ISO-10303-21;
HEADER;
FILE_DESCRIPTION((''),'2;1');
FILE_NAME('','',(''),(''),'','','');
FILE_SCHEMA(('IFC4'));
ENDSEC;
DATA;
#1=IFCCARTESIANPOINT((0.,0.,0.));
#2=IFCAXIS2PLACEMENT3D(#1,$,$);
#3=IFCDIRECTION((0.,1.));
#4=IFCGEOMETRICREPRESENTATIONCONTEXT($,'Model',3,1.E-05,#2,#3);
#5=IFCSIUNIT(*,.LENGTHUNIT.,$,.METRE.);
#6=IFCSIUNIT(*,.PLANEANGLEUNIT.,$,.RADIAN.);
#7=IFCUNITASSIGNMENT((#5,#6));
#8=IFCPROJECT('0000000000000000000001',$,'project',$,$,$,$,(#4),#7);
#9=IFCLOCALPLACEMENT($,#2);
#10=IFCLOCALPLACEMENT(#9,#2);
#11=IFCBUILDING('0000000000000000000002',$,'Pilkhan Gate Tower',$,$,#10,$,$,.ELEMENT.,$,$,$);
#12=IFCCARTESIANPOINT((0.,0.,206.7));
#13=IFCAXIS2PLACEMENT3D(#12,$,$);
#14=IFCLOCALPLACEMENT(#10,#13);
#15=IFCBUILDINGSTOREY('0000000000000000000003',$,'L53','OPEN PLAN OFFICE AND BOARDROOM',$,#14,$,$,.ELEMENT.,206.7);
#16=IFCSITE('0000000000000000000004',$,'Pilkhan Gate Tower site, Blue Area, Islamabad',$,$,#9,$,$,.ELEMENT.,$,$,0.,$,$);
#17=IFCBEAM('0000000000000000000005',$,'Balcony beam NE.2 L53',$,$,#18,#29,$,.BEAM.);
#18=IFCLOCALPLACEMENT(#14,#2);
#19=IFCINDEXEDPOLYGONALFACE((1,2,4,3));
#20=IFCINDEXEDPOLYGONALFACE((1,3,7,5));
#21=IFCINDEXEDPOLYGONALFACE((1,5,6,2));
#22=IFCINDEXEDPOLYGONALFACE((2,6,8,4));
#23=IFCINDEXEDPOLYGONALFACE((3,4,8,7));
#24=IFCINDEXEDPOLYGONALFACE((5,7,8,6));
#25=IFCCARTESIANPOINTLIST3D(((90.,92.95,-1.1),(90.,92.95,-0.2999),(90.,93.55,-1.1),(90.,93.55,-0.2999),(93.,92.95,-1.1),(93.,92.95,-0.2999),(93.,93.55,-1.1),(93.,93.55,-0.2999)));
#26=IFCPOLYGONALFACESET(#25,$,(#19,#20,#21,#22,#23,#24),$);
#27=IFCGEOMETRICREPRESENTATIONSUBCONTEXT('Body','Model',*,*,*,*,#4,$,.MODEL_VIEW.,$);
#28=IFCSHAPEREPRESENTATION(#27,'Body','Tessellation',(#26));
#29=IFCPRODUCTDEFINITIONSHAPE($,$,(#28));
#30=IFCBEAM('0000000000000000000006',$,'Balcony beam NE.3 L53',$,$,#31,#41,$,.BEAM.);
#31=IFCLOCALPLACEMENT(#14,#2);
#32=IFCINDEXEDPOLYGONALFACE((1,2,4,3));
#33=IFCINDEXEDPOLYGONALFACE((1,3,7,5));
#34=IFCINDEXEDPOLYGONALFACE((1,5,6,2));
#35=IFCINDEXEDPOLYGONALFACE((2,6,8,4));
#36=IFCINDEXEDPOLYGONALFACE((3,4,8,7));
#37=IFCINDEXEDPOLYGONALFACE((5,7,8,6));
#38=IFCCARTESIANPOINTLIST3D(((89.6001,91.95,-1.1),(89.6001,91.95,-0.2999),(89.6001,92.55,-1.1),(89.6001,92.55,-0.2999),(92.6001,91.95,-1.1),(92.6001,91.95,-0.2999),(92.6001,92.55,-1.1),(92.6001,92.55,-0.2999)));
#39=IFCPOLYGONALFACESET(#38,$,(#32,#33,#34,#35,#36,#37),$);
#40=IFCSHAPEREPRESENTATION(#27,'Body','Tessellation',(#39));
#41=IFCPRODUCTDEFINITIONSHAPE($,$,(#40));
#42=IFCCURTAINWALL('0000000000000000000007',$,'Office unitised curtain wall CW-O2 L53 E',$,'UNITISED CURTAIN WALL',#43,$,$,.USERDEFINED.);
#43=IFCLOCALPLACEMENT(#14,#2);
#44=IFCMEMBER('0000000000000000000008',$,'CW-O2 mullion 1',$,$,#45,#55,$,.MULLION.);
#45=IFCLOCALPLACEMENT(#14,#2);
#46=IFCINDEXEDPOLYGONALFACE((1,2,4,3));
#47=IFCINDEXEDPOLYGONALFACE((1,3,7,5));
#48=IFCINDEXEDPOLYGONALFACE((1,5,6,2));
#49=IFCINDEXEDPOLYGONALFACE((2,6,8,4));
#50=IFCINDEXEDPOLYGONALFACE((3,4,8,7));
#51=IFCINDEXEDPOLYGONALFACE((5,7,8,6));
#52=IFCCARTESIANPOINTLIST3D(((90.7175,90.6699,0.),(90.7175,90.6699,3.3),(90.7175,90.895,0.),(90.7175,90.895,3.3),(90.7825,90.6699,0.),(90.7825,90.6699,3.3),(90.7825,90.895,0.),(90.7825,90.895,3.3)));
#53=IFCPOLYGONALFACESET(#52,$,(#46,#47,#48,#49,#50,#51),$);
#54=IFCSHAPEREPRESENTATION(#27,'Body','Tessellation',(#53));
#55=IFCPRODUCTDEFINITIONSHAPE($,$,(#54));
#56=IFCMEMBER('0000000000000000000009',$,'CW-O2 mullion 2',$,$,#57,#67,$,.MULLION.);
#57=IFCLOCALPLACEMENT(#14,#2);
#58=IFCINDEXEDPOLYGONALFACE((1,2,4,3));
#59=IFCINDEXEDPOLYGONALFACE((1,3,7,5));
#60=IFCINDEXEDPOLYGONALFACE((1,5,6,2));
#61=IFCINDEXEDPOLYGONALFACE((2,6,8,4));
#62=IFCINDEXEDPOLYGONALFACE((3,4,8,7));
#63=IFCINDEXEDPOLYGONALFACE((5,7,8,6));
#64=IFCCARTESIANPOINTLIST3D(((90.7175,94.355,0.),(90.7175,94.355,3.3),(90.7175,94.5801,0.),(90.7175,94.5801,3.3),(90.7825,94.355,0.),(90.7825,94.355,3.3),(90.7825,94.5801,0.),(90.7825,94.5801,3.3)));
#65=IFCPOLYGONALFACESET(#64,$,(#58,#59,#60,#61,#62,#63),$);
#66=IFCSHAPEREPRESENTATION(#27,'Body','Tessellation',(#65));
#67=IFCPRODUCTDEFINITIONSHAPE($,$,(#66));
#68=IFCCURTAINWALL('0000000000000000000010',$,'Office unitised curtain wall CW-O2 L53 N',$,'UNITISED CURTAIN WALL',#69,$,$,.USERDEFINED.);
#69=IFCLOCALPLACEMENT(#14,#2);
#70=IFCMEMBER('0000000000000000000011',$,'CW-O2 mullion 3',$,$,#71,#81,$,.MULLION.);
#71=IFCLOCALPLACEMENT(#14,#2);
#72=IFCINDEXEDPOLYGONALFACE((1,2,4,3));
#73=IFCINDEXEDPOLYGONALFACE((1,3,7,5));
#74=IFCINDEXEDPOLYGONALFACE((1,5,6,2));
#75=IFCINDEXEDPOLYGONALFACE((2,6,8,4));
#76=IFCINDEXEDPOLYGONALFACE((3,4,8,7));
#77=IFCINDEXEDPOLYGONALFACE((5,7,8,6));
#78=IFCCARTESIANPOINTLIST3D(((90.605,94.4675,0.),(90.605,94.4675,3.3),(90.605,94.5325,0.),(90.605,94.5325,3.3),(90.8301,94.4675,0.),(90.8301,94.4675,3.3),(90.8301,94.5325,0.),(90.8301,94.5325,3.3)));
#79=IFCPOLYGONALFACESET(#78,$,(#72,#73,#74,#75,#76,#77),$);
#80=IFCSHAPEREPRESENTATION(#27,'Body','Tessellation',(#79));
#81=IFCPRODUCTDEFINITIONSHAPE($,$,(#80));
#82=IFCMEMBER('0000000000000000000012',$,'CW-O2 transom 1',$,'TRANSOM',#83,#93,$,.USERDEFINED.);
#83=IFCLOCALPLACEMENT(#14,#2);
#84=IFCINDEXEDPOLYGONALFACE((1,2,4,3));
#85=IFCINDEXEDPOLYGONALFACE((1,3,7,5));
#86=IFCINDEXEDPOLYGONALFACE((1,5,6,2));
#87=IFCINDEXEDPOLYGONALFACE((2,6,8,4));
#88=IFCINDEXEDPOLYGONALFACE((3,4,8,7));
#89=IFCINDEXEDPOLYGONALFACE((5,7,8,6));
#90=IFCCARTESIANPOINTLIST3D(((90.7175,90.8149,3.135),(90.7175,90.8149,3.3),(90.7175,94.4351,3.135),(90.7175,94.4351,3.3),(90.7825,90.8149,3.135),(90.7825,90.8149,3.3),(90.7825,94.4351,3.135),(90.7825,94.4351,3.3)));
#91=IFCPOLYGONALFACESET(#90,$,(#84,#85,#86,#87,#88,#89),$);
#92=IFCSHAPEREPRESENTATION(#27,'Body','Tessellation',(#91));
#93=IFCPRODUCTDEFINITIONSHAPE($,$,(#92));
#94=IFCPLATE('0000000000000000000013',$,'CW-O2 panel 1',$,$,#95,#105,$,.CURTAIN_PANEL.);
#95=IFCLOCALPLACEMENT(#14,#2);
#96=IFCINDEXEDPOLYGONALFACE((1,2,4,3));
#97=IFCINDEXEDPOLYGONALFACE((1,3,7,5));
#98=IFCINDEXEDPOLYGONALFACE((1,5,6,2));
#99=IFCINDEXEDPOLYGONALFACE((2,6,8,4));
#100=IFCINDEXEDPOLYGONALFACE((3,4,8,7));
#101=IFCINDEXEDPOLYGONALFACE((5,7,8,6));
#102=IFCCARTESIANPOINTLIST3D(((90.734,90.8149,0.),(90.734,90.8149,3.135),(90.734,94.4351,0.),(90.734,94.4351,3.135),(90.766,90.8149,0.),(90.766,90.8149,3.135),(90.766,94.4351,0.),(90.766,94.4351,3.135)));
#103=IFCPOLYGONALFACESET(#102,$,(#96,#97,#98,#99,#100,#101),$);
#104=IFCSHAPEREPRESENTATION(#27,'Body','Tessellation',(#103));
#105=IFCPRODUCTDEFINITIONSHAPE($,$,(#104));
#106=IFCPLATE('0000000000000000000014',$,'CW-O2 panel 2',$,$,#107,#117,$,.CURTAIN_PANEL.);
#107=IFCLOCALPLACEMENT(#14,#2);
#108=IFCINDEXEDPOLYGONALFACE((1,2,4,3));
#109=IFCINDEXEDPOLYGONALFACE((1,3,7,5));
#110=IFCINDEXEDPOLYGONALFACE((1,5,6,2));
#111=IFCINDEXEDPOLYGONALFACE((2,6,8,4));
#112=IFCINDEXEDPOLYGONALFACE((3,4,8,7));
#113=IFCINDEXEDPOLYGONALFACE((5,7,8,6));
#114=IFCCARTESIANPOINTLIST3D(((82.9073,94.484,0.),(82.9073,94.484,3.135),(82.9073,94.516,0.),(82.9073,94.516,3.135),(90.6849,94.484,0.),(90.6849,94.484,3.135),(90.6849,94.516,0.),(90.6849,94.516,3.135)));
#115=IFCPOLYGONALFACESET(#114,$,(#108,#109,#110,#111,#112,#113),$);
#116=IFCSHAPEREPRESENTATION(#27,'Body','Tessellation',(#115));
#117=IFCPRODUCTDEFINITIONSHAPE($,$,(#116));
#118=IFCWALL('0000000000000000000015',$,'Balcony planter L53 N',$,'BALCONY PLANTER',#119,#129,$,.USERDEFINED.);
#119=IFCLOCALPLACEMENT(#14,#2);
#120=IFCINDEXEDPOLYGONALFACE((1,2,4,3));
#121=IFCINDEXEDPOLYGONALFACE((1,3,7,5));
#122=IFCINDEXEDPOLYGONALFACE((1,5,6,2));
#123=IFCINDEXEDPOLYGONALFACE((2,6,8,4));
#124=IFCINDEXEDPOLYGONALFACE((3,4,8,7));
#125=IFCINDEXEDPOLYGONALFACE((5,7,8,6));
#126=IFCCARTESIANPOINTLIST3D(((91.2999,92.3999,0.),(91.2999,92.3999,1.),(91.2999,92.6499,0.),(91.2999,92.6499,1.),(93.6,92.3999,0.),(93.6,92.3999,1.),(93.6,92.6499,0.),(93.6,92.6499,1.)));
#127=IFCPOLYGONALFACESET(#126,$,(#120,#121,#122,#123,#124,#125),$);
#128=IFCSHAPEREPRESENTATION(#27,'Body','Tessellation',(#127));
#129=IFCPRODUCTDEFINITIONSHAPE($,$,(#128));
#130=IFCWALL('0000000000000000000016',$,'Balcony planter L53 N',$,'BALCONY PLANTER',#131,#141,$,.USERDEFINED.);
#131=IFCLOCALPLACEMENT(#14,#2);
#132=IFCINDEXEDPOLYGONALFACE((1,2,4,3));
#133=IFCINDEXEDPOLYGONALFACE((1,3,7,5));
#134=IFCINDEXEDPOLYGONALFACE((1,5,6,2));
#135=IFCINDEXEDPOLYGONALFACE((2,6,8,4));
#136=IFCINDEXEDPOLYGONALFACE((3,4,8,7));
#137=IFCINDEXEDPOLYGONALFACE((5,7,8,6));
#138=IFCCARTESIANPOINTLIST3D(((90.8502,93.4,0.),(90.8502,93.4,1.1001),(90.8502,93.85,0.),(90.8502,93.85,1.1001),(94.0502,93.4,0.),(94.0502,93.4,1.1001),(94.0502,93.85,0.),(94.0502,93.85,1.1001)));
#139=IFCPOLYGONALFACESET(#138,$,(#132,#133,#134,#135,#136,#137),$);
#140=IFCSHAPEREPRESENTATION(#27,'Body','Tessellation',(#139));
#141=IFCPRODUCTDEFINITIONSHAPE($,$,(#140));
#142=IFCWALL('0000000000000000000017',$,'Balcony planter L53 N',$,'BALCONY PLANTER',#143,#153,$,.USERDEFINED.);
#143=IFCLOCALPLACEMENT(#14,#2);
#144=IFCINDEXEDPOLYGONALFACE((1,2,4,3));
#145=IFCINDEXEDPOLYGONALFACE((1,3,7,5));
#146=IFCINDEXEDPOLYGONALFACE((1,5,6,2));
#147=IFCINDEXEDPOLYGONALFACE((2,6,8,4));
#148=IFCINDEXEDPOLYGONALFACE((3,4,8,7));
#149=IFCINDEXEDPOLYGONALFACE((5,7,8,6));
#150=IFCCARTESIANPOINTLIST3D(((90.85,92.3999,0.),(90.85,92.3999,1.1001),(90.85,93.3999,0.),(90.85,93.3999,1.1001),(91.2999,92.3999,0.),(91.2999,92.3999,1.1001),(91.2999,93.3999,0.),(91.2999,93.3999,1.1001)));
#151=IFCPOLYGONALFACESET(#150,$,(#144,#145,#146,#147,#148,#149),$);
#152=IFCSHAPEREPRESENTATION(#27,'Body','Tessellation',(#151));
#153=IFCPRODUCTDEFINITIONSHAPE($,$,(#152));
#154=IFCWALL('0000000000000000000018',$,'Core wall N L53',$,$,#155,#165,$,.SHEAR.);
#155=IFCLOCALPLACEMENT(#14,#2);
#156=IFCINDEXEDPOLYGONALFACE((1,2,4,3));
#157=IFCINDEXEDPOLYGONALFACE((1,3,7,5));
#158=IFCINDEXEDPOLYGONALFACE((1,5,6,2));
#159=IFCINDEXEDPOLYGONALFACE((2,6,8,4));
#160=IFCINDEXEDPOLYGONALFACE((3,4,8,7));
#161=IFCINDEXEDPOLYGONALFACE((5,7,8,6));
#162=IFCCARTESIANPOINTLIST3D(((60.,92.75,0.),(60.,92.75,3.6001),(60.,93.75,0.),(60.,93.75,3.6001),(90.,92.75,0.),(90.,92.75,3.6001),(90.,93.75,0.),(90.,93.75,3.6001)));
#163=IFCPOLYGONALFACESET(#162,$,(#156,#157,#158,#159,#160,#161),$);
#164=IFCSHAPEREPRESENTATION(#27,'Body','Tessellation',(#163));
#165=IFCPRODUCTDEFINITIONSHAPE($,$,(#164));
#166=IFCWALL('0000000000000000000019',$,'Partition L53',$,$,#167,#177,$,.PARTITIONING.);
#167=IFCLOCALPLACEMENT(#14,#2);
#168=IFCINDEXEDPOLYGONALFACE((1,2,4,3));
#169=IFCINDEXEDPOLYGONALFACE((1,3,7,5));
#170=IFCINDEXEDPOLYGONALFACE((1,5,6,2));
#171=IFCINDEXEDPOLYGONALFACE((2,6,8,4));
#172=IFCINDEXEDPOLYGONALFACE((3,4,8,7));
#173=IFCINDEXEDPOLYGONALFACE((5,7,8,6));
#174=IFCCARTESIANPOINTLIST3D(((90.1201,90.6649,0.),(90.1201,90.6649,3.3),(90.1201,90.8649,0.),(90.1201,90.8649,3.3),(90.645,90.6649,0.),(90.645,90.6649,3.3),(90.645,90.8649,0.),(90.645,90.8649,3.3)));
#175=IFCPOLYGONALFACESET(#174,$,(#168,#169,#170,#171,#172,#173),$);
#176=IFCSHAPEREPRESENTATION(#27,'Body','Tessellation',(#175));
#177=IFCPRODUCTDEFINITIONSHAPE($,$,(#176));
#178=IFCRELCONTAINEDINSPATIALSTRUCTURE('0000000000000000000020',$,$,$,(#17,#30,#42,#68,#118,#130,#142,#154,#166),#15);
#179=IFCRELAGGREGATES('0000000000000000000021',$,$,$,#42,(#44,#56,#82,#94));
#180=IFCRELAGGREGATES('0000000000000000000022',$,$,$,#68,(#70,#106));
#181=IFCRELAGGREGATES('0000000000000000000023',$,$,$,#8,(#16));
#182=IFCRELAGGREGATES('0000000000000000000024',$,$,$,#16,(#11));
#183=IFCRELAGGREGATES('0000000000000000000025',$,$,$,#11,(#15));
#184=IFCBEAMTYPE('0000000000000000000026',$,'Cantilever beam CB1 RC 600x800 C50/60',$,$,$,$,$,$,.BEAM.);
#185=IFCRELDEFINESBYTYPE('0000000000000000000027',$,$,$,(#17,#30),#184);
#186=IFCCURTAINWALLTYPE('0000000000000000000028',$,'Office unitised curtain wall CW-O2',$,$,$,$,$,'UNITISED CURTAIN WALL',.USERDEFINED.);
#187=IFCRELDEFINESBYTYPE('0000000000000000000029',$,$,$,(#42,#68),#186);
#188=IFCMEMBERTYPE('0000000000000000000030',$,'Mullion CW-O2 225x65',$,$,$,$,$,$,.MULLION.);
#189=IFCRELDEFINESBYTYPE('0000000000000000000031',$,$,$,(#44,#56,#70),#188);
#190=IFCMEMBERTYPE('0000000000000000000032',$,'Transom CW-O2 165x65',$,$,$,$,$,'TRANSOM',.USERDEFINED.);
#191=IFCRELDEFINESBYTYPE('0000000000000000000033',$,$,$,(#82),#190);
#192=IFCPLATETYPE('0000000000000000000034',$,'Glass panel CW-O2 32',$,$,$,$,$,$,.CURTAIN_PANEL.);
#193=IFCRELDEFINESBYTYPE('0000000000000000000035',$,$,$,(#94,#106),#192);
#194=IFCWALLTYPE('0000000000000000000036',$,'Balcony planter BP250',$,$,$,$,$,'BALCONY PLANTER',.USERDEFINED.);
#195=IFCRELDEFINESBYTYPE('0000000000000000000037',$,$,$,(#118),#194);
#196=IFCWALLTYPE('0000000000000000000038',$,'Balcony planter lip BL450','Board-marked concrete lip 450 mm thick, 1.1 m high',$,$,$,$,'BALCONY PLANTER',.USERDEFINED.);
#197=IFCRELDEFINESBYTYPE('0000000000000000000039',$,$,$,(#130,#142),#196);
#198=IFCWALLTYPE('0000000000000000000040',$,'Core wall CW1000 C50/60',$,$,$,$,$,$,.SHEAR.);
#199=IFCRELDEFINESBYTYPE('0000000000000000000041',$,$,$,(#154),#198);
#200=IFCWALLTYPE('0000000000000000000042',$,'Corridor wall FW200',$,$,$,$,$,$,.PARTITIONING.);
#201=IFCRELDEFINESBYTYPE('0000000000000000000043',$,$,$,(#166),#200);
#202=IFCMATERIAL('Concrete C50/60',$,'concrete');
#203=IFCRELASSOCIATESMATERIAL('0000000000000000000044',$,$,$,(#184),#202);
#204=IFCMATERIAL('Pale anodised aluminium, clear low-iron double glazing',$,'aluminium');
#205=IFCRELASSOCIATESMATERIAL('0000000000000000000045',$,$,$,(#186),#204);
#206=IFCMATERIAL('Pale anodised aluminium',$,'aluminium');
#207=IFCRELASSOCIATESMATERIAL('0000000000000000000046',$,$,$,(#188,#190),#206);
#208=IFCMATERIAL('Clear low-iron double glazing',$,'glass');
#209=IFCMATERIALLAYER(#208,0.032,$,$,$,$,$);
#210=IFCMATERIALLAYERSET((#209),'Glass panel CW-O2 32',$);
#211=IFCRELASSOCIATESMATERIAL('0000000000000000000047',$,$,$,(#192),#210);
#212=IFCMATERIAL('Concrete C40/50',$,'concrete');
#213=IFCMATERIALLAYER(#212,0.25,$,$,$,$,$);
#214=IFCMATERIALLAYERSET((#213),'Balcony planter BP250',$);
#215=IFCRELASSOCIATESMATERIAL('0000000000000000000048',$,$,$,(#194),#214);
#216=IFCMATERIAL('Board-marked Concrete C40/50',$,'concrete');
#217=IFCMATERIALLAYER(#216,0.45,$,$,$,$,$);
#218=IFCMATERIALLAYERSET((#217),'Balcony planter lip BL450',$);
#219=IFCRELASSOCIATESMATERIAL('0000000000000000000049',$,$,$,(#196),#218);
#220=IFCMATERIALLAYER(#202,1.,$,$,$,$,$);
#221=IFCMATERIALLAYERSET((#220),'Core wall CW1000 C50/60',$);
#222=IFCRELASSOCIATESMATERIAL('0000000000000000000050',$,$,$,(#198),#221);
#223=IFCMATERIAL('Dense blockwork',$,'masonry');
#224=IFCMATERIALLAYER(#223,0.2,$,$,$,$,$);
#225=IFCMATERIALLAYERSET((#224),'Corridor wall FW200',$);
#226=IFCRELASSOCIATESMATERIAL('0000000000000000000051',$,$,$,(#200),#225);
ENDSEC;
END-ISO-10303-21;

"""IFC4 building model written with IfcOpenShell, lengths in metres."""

from ifc_helpers import new_model, si_unit, direction, frame, frame_2d, origin, origin_2d, place, context, subcontext, project, spatial, rectangle, extrude, material, layer, layer_set, material_profile, profile_set, type_object, element, aggregate, save


model = new_model("IFC4")

# Units and contexts
model_context = context("Model", 3, precision=1e-05, world=origin(), true_north=direction((0.0, 1.0)))
body_context = subcontext(model_context, "Body", "Model", "MODEL_VIEW")
ifc_project = project(units=[si_unit("LENGTHUNIT", "METRE"), si_unit("PLANEANGLEUNIT", "RADIAN")], contexts=[model_context])

# Site, building, storey
site_placement = place(None, origin())
site = spatial("IfcSite", under=ifc_project, at=site_placement, Name="Pilkhan Gate Tower site, Blue Area, Islamabad", CompositionType="ELEMENT", RefElevation=0.0)
building_placement = place(site_placement, origin())
building = spatial("IfcBuilding", under=site, at=building_placement, Name="Pilkhan Gate Tower", CompositionType="ELEMENT")
storey_placement = place(building_placement, frame((0.0, 0.0, 206.7)))
storey = spatial("IfcBuildingStorey", under=building, at=storey_placement, Name="L53", Description="OPEN PLAN OFFICE AND BOARDROOM", CompositionType="ELEMENT", Elevation=206.7)

# Beams
ifc_material_1 = material(Name="Concrete C50/60", Category="concrete")
ifc_material_profile_1 = material_profile(ifc_material_1, rectangle(XDim=0.6001, YDim=0.8, at=origin_2d()), Name="RC 600x800")
ifc_profile_set_1 = profile_set([ifc_material_profile_1], Name="Concrete C50/60")
beam_type = type_object("IfcBeamType", Name="Cantilever beam CB1 RC 600x800 C50/60", PredefinedType="BEAM", material=ifc_profile_set_1)
for number, where, z_axis, x_axis, name in (
    (1, (90.0, 93.25, -0.7), (1.0, 0.0, 0.0), (0.0, 1.0, 0.0), "Balcony beam NE.2 L53"),
    (2, (89.6001, 92.25, -0.7), (1.0, 0.0, 0.0), (0.0, 1.0, 0.0), "Balcony beam NE.3 L53"),
):
    element("IfcBeam", number, at=place(storey_placement, frame(where, z_axis=z_axis, x_axis=x_axis)), inside=storey, type_object=beam_type, Name=name, PredefinedType="BEAM", context=body_context, shape_type="SweptSolid", body=[
        extrude(rectangle(XDim=0.6001, YDim=0.8, at=origin_2d()), origin(), (0.0, 0.0, 1.0), 3.0),
    ])

# Curtain wall, members
ifc_material_2 = material(Name="Pale anodised aluminium, clear low-iron double glazing", Category="aluminium")
curtain_wall_type = type_object("IfcCurtainWallType", Name="Office unitised curtain wall CW-O2", ElementType="UNITISED CURTAIN WALL", PredefinedType="USERDEFINED", material=ifc_material_2)
curtain_wall_1_placement = place(storey_placement, origin())
curtain_wall_1 = element("IfcCurtainWall", 3, at=curtain_wall_1_placement, inside=storey, type_object=curtain_wall_type, Name="Office unitised curtain wall CW-O2 L53 E", ObjectType="UNITISED CURTAIN WALL", PredefinedType="USERDEFINED")
ifc_material_3 = material(Name="Pale anodised aluminium", Category="aluminium")
ifc_material_profile_2 = material_profile(ifc_material_3, rectangle(XDim=0.0649, YDim=0.2251, at=origin_2d()), Name="Mullion 225x65")
ifc_profile_set_2 = profile_set([ifc_material_profile_2], Name="Pale anodised aluminium")
member_type_1 = type_object("IfcMemberType", Name="Mullion CW-O2 225x65", PredefinedType="MULLION", material=ifc_profile_set_2)
member_1_placement = place(storey_placement, frame((90.75, 90.7825, 0.0), z_axis=(0.0, 0.0, 1.0), x_axis=(-1.0, 0.0, 0.0)))
member_1 = element("IfcMember", 4, at=member_1_placement, type_object=member_type_1, Name="CW-O2 mullion 1", PredefinedType="MULLION", context=body_context, shape_type="SweptSolid", body=[
    extrude(rectangle(XDim=0.0649, YDim=0.2251, at=origin_2d()), origin(), (0.0, 0.0, 1.0), 3.3),
])
member_2_placement = place(storey_placement, frame((90.75, 94.4675, 0.0), z_axis=(0.0, 0.0, 1.0), x_axis=(-1.0, 0.0, 0.0)))
member_2 = element("IfcMember", 5, at=member_2_placement, type_object=member_type_1, Name="CW-O2 mullion 2", PredefinedType="MULLION", context=body_context, shape_type="SweptSolid", body=[
    extrude(rectangle(XDim=0.0649, YDim=0.2251, at=origin_2d()), origin(), (0.0, 0.0, 1.0), 3.3),
])

# Curtain wall, member
curtain_wall_2_placement = place(storey_placement, origin())
curtain_wall_2 = element("IfcCurtainWall", 6, at=curtain_wall_2_placement, inside=storey, type_object=curtain_wall_type, Name="Office unitised curtain wall CW-O2 L53 N", ObjectType="UNITISED CURTAIN WALL", PredefinedType="USERDEFINED")
member_3_placement = place(storey_placement, frame((90.7175, 94.5, 0.0), z_axis=(0.0, 0.0, 1.0), x_axis=(0.0, 1.0, 0.0)))
member_3 = element("IfcMember", 7, at=member_3_placement, type_object=member_type_1, Name="CW-O2 mullion 3", PredefinedType="MULLION", context=body_context, shape_type="SweptSolid", body=[
    extrude(rectangle(XDim=0.0649, YDim=0.2251, at=origin_2d()), origin(), (0.0, 0.0, 1.0), 3.3),
])

# Member
ifc_material_profile_3 = material_profile(ifc_material_3, rectangle(XDim=0.0649, YDim=0.165, at=origin_2d()), Name="Transom 165x65")
ifc_profile_set_3 = profile_set([ifc_material_profile_3], Name="Pale anodised aluminium")
member_type_2 = type_object("IfcMemberType", Name="Transom CW-O2 165x65", ElementType="TRANSOM", PredefinedType="USERDEFINED", material=ifc_profile_set_3)
member_4_placement = place(storey_placement, frame((90.75, 90.8149, 3.2175), z_axis=(0.0, 1.0, 0.0), x_axis=(-1.0, 0.0, 0.0)))
member_4 = element("IfcMember", 8, at=member_4_placement, type_object=member_type_2, Name="CW-O2 transom 1", ObjectType="TRANSOM", PredefinedType="USERDEFINED", context=body_context, shape_type="SweptSolid", body=[
    extrude(rectangle(XDim=0.0649, YDim=0.165, at=origin_2d()), origin(), (0.0, 0.0, 1.0), 3.6201),
])

# Plates
ifc_material_4 = material(Name="Clear low-iron double glazing", Category="glass")
ifc_layer_1 = layer(ifc_material_4, 0.032)
ifc_layer_set_1 = layer_set([ifc_layer_1], Name="Glass panel CW-O2 32")
plate_type = type_object("IfcPlateType", Name="Glass panel CW-O2 32", PredefinedType="CURTAIN_PANEL", material=ifc_layer_set_1)
plate_1_placement = place(storey_placement, frame((90.75, 92.625, 0.0), z_axis=(0.0, 0.0, 1.0), x_axis=(0.0, 1.0, 0.0)))
plate_1 = element("IfcPlate", 9, at=plate_1_placement, type_object=plate_type, Name="CW-O2 panel 1", PredefinedType="CURTAIN_PANEL", context=body_context, shape_type="SweptSolid", body=[
    extrude(rectangle(XDim=3.6201, YDim=0.032, at=origin_2d()), origin(), (0.0, 0.0, 1.0), 3.135),
])
aggregate(curtain_wall_1, [member_1, member_2, member_4, plate_1])
plate_2_placement = place(storey_placement, frame((86.7961, 94.5, 0.0), z_axis=(0.0, 0.0, 1.0), x_axis=(1.0, 0.0, 0.0)))
plate_2 = element("IfcPlate", 10, at=plate_2_placement, type_object=plate_type, Name="CW-O2 panel 2", PredefinedType="CURTAIN_PANEL", context=body_context, shape_type="SweptSolid", body=[
    extrude(rectangle(XDim=7.7776, YDim=0.032, at=origin_2d()), origin(), (0.0, 0.0, 1.0), 3.135),
])
aggregate(curtain_wall_2, [member_3, plate_2])

# Walls
ifc_material_5 = material(Name="Concrete C40/50", Category="concrete")
ifc_layer_2 = layer(ifc_material_5, 0.25)
ifc_layer_set_2 = layer_set([ifc_layer_2], Name="Balcony planter BP250")
wall_type_1 = type_object("IfcWallType", Name="Balcony planter BP250", ElementType="BALCONY PLANTER", PredefinedType="USERDEFINED", material=ifc_layer_set_2)
wall_1_placement = place(storey_placement, frame((91.3, 92.5249, 0.0), z_axis=(0.0, 0.0, 1.0), x_axis=(1.0, 0.0, 0.0)))
element("IfcWall", 11, at=wall_1_placement, inside=storey, type_object=wall_type_1, Name="Balcony planter L53 N", ObjectType="BALCONY PLANTER", PredefinedType="USERDEFINED", context=body_context, shape_type="SweptSolid", body=[
    extrude(rectangle(XDim=2.3, YDim=0.25, at=frame_2d((1.1499, 0.0))), origin(), (0.0, 0.0, 1.0), 1.0),
])
ifc_material_6 = material(Name="Board-marked Concrete C40/50", Category="concrete")
ifc_layer_3 = layer(ifc_material_6, 0.45)
ifc_layer_set_3 = layer_set([ifc_layer_3], Name="Balcony planter lip BL450")
wall_type_2 = type_object("IfcWallType", Name="Balcony planter lip BL450", Description="Board-marked concrete lip 450 mm thick, 1.1 m high", ElementType="BALCONY PLANTER", PredefinedType="USERDEFINED", material=ifc_layer_set_3)
wall_2_placement = place(storey_placement, frame((90.8501, 93.625, 0.0), z_axis=(0.0, 0.0, 1.0), x_axis=(1.0, 0.0, 0.0)))
element("IfcWall", 12, at=wall_2_placement, inside=storey, type_object=wall_type_2, Name="Balcony planter L53 N", ObjectType="BALCONY PLANTER", PredefinedType="USERDEFINED", context=body_context, shape_type="SweptSolid", body=[
    extrude(rectangle(XDim=3.2, YDim=0.45, at=frame_2d((1.6001, 0.0))), origin(), (0.0, 0.0, 1.0), 1.1001),
])
wall_3_placement = place(storey_placement, frame((91.075, 92.3999, 0.0), z_axis=(0.0, 0.0, 1.0), x_axis=(0.0, 1.0, 0.0)))
element("IfcWall", 13, at=wall_3_placement, inside=storey, type_object=wall_type_2, Name="Balcony planter L53 N", ObjectType="BALCONY PLANTER", PredefinedType="USERDEFINED", context=body_context, shape_type="SweptSolid", body=[
    extrude(rectangle(XDim=1.0, YDim=0.45, at=frame_2d((0.5, 0.0))), origin(), (0.0, 0.0, 1.0), 1.1001),
])
ifc_layer_4 = layer(ifc_material_1, 1.0)
ifc_layer_set_4 = layer_set([ifc_layer_4], Name="Core wall CW1000 C50/60")
wall_type_3 = type_object("IfcWallType", Name="Core wall CW1000 C50/60", PredefinedType="SHEAR", material=ifc_layer_set_4)
wall_4_placement = place(storey_placement, frame((90.0, 93.25, 0.0), z_axis=(0.0, 0.0, 1.0), x_axis=(-1.0, 0.0, 0.0)))
element("IfcWall", 14, at=wall_4_placement, inside=storey, type_object=wall_type_3, Name="Core wall N L53", PredefinedType="SHEAR", context=body_context, shape_type="SweptSolid", body=[
    extrude(rectangle(XDim=30.0, YDim=1.0, at=frame_2d((15.0, 0.0))), origin(), (0.0, 0.0, 1.0), 3.6001),
])
ifc_material_7 = material(Name="Dense blockwork", Category="masonry")
ifc_layer_5 = layer(ifc_material_7, 0.2)
ifc_layer_set_5 = layer_set([ifc_layer_5], Name="Corridor wall FW200")
wall_type_4 = type_object("IfcWallType", Name="Corridor wall FW200", PredefinedType="PARTITIONING", material=ifc_layer_set_5)
wall_5_placement = place(storey_placement, frame((90.1201, 90.7649, 0.0), z_axis=(0.0, 0.0, 1.0), x_axis=(1.0, 0.0, 0.0)))
element("IfcWall", 15, at=wall_5_placement, inside=storey, type_object=wall_type_4, Name="Partition L53", PredefinedType="PARTITIONING", context=body_context, shape_type="SweptSolid", body=[
    extrude(rectangle(XDim=0.5249, YDim=0.2, at=frame_2d((0.2625, 0.0))), origin(), (0.0, 0.0, 1.0), 3.3),
])

save(model, "model.ifc")
